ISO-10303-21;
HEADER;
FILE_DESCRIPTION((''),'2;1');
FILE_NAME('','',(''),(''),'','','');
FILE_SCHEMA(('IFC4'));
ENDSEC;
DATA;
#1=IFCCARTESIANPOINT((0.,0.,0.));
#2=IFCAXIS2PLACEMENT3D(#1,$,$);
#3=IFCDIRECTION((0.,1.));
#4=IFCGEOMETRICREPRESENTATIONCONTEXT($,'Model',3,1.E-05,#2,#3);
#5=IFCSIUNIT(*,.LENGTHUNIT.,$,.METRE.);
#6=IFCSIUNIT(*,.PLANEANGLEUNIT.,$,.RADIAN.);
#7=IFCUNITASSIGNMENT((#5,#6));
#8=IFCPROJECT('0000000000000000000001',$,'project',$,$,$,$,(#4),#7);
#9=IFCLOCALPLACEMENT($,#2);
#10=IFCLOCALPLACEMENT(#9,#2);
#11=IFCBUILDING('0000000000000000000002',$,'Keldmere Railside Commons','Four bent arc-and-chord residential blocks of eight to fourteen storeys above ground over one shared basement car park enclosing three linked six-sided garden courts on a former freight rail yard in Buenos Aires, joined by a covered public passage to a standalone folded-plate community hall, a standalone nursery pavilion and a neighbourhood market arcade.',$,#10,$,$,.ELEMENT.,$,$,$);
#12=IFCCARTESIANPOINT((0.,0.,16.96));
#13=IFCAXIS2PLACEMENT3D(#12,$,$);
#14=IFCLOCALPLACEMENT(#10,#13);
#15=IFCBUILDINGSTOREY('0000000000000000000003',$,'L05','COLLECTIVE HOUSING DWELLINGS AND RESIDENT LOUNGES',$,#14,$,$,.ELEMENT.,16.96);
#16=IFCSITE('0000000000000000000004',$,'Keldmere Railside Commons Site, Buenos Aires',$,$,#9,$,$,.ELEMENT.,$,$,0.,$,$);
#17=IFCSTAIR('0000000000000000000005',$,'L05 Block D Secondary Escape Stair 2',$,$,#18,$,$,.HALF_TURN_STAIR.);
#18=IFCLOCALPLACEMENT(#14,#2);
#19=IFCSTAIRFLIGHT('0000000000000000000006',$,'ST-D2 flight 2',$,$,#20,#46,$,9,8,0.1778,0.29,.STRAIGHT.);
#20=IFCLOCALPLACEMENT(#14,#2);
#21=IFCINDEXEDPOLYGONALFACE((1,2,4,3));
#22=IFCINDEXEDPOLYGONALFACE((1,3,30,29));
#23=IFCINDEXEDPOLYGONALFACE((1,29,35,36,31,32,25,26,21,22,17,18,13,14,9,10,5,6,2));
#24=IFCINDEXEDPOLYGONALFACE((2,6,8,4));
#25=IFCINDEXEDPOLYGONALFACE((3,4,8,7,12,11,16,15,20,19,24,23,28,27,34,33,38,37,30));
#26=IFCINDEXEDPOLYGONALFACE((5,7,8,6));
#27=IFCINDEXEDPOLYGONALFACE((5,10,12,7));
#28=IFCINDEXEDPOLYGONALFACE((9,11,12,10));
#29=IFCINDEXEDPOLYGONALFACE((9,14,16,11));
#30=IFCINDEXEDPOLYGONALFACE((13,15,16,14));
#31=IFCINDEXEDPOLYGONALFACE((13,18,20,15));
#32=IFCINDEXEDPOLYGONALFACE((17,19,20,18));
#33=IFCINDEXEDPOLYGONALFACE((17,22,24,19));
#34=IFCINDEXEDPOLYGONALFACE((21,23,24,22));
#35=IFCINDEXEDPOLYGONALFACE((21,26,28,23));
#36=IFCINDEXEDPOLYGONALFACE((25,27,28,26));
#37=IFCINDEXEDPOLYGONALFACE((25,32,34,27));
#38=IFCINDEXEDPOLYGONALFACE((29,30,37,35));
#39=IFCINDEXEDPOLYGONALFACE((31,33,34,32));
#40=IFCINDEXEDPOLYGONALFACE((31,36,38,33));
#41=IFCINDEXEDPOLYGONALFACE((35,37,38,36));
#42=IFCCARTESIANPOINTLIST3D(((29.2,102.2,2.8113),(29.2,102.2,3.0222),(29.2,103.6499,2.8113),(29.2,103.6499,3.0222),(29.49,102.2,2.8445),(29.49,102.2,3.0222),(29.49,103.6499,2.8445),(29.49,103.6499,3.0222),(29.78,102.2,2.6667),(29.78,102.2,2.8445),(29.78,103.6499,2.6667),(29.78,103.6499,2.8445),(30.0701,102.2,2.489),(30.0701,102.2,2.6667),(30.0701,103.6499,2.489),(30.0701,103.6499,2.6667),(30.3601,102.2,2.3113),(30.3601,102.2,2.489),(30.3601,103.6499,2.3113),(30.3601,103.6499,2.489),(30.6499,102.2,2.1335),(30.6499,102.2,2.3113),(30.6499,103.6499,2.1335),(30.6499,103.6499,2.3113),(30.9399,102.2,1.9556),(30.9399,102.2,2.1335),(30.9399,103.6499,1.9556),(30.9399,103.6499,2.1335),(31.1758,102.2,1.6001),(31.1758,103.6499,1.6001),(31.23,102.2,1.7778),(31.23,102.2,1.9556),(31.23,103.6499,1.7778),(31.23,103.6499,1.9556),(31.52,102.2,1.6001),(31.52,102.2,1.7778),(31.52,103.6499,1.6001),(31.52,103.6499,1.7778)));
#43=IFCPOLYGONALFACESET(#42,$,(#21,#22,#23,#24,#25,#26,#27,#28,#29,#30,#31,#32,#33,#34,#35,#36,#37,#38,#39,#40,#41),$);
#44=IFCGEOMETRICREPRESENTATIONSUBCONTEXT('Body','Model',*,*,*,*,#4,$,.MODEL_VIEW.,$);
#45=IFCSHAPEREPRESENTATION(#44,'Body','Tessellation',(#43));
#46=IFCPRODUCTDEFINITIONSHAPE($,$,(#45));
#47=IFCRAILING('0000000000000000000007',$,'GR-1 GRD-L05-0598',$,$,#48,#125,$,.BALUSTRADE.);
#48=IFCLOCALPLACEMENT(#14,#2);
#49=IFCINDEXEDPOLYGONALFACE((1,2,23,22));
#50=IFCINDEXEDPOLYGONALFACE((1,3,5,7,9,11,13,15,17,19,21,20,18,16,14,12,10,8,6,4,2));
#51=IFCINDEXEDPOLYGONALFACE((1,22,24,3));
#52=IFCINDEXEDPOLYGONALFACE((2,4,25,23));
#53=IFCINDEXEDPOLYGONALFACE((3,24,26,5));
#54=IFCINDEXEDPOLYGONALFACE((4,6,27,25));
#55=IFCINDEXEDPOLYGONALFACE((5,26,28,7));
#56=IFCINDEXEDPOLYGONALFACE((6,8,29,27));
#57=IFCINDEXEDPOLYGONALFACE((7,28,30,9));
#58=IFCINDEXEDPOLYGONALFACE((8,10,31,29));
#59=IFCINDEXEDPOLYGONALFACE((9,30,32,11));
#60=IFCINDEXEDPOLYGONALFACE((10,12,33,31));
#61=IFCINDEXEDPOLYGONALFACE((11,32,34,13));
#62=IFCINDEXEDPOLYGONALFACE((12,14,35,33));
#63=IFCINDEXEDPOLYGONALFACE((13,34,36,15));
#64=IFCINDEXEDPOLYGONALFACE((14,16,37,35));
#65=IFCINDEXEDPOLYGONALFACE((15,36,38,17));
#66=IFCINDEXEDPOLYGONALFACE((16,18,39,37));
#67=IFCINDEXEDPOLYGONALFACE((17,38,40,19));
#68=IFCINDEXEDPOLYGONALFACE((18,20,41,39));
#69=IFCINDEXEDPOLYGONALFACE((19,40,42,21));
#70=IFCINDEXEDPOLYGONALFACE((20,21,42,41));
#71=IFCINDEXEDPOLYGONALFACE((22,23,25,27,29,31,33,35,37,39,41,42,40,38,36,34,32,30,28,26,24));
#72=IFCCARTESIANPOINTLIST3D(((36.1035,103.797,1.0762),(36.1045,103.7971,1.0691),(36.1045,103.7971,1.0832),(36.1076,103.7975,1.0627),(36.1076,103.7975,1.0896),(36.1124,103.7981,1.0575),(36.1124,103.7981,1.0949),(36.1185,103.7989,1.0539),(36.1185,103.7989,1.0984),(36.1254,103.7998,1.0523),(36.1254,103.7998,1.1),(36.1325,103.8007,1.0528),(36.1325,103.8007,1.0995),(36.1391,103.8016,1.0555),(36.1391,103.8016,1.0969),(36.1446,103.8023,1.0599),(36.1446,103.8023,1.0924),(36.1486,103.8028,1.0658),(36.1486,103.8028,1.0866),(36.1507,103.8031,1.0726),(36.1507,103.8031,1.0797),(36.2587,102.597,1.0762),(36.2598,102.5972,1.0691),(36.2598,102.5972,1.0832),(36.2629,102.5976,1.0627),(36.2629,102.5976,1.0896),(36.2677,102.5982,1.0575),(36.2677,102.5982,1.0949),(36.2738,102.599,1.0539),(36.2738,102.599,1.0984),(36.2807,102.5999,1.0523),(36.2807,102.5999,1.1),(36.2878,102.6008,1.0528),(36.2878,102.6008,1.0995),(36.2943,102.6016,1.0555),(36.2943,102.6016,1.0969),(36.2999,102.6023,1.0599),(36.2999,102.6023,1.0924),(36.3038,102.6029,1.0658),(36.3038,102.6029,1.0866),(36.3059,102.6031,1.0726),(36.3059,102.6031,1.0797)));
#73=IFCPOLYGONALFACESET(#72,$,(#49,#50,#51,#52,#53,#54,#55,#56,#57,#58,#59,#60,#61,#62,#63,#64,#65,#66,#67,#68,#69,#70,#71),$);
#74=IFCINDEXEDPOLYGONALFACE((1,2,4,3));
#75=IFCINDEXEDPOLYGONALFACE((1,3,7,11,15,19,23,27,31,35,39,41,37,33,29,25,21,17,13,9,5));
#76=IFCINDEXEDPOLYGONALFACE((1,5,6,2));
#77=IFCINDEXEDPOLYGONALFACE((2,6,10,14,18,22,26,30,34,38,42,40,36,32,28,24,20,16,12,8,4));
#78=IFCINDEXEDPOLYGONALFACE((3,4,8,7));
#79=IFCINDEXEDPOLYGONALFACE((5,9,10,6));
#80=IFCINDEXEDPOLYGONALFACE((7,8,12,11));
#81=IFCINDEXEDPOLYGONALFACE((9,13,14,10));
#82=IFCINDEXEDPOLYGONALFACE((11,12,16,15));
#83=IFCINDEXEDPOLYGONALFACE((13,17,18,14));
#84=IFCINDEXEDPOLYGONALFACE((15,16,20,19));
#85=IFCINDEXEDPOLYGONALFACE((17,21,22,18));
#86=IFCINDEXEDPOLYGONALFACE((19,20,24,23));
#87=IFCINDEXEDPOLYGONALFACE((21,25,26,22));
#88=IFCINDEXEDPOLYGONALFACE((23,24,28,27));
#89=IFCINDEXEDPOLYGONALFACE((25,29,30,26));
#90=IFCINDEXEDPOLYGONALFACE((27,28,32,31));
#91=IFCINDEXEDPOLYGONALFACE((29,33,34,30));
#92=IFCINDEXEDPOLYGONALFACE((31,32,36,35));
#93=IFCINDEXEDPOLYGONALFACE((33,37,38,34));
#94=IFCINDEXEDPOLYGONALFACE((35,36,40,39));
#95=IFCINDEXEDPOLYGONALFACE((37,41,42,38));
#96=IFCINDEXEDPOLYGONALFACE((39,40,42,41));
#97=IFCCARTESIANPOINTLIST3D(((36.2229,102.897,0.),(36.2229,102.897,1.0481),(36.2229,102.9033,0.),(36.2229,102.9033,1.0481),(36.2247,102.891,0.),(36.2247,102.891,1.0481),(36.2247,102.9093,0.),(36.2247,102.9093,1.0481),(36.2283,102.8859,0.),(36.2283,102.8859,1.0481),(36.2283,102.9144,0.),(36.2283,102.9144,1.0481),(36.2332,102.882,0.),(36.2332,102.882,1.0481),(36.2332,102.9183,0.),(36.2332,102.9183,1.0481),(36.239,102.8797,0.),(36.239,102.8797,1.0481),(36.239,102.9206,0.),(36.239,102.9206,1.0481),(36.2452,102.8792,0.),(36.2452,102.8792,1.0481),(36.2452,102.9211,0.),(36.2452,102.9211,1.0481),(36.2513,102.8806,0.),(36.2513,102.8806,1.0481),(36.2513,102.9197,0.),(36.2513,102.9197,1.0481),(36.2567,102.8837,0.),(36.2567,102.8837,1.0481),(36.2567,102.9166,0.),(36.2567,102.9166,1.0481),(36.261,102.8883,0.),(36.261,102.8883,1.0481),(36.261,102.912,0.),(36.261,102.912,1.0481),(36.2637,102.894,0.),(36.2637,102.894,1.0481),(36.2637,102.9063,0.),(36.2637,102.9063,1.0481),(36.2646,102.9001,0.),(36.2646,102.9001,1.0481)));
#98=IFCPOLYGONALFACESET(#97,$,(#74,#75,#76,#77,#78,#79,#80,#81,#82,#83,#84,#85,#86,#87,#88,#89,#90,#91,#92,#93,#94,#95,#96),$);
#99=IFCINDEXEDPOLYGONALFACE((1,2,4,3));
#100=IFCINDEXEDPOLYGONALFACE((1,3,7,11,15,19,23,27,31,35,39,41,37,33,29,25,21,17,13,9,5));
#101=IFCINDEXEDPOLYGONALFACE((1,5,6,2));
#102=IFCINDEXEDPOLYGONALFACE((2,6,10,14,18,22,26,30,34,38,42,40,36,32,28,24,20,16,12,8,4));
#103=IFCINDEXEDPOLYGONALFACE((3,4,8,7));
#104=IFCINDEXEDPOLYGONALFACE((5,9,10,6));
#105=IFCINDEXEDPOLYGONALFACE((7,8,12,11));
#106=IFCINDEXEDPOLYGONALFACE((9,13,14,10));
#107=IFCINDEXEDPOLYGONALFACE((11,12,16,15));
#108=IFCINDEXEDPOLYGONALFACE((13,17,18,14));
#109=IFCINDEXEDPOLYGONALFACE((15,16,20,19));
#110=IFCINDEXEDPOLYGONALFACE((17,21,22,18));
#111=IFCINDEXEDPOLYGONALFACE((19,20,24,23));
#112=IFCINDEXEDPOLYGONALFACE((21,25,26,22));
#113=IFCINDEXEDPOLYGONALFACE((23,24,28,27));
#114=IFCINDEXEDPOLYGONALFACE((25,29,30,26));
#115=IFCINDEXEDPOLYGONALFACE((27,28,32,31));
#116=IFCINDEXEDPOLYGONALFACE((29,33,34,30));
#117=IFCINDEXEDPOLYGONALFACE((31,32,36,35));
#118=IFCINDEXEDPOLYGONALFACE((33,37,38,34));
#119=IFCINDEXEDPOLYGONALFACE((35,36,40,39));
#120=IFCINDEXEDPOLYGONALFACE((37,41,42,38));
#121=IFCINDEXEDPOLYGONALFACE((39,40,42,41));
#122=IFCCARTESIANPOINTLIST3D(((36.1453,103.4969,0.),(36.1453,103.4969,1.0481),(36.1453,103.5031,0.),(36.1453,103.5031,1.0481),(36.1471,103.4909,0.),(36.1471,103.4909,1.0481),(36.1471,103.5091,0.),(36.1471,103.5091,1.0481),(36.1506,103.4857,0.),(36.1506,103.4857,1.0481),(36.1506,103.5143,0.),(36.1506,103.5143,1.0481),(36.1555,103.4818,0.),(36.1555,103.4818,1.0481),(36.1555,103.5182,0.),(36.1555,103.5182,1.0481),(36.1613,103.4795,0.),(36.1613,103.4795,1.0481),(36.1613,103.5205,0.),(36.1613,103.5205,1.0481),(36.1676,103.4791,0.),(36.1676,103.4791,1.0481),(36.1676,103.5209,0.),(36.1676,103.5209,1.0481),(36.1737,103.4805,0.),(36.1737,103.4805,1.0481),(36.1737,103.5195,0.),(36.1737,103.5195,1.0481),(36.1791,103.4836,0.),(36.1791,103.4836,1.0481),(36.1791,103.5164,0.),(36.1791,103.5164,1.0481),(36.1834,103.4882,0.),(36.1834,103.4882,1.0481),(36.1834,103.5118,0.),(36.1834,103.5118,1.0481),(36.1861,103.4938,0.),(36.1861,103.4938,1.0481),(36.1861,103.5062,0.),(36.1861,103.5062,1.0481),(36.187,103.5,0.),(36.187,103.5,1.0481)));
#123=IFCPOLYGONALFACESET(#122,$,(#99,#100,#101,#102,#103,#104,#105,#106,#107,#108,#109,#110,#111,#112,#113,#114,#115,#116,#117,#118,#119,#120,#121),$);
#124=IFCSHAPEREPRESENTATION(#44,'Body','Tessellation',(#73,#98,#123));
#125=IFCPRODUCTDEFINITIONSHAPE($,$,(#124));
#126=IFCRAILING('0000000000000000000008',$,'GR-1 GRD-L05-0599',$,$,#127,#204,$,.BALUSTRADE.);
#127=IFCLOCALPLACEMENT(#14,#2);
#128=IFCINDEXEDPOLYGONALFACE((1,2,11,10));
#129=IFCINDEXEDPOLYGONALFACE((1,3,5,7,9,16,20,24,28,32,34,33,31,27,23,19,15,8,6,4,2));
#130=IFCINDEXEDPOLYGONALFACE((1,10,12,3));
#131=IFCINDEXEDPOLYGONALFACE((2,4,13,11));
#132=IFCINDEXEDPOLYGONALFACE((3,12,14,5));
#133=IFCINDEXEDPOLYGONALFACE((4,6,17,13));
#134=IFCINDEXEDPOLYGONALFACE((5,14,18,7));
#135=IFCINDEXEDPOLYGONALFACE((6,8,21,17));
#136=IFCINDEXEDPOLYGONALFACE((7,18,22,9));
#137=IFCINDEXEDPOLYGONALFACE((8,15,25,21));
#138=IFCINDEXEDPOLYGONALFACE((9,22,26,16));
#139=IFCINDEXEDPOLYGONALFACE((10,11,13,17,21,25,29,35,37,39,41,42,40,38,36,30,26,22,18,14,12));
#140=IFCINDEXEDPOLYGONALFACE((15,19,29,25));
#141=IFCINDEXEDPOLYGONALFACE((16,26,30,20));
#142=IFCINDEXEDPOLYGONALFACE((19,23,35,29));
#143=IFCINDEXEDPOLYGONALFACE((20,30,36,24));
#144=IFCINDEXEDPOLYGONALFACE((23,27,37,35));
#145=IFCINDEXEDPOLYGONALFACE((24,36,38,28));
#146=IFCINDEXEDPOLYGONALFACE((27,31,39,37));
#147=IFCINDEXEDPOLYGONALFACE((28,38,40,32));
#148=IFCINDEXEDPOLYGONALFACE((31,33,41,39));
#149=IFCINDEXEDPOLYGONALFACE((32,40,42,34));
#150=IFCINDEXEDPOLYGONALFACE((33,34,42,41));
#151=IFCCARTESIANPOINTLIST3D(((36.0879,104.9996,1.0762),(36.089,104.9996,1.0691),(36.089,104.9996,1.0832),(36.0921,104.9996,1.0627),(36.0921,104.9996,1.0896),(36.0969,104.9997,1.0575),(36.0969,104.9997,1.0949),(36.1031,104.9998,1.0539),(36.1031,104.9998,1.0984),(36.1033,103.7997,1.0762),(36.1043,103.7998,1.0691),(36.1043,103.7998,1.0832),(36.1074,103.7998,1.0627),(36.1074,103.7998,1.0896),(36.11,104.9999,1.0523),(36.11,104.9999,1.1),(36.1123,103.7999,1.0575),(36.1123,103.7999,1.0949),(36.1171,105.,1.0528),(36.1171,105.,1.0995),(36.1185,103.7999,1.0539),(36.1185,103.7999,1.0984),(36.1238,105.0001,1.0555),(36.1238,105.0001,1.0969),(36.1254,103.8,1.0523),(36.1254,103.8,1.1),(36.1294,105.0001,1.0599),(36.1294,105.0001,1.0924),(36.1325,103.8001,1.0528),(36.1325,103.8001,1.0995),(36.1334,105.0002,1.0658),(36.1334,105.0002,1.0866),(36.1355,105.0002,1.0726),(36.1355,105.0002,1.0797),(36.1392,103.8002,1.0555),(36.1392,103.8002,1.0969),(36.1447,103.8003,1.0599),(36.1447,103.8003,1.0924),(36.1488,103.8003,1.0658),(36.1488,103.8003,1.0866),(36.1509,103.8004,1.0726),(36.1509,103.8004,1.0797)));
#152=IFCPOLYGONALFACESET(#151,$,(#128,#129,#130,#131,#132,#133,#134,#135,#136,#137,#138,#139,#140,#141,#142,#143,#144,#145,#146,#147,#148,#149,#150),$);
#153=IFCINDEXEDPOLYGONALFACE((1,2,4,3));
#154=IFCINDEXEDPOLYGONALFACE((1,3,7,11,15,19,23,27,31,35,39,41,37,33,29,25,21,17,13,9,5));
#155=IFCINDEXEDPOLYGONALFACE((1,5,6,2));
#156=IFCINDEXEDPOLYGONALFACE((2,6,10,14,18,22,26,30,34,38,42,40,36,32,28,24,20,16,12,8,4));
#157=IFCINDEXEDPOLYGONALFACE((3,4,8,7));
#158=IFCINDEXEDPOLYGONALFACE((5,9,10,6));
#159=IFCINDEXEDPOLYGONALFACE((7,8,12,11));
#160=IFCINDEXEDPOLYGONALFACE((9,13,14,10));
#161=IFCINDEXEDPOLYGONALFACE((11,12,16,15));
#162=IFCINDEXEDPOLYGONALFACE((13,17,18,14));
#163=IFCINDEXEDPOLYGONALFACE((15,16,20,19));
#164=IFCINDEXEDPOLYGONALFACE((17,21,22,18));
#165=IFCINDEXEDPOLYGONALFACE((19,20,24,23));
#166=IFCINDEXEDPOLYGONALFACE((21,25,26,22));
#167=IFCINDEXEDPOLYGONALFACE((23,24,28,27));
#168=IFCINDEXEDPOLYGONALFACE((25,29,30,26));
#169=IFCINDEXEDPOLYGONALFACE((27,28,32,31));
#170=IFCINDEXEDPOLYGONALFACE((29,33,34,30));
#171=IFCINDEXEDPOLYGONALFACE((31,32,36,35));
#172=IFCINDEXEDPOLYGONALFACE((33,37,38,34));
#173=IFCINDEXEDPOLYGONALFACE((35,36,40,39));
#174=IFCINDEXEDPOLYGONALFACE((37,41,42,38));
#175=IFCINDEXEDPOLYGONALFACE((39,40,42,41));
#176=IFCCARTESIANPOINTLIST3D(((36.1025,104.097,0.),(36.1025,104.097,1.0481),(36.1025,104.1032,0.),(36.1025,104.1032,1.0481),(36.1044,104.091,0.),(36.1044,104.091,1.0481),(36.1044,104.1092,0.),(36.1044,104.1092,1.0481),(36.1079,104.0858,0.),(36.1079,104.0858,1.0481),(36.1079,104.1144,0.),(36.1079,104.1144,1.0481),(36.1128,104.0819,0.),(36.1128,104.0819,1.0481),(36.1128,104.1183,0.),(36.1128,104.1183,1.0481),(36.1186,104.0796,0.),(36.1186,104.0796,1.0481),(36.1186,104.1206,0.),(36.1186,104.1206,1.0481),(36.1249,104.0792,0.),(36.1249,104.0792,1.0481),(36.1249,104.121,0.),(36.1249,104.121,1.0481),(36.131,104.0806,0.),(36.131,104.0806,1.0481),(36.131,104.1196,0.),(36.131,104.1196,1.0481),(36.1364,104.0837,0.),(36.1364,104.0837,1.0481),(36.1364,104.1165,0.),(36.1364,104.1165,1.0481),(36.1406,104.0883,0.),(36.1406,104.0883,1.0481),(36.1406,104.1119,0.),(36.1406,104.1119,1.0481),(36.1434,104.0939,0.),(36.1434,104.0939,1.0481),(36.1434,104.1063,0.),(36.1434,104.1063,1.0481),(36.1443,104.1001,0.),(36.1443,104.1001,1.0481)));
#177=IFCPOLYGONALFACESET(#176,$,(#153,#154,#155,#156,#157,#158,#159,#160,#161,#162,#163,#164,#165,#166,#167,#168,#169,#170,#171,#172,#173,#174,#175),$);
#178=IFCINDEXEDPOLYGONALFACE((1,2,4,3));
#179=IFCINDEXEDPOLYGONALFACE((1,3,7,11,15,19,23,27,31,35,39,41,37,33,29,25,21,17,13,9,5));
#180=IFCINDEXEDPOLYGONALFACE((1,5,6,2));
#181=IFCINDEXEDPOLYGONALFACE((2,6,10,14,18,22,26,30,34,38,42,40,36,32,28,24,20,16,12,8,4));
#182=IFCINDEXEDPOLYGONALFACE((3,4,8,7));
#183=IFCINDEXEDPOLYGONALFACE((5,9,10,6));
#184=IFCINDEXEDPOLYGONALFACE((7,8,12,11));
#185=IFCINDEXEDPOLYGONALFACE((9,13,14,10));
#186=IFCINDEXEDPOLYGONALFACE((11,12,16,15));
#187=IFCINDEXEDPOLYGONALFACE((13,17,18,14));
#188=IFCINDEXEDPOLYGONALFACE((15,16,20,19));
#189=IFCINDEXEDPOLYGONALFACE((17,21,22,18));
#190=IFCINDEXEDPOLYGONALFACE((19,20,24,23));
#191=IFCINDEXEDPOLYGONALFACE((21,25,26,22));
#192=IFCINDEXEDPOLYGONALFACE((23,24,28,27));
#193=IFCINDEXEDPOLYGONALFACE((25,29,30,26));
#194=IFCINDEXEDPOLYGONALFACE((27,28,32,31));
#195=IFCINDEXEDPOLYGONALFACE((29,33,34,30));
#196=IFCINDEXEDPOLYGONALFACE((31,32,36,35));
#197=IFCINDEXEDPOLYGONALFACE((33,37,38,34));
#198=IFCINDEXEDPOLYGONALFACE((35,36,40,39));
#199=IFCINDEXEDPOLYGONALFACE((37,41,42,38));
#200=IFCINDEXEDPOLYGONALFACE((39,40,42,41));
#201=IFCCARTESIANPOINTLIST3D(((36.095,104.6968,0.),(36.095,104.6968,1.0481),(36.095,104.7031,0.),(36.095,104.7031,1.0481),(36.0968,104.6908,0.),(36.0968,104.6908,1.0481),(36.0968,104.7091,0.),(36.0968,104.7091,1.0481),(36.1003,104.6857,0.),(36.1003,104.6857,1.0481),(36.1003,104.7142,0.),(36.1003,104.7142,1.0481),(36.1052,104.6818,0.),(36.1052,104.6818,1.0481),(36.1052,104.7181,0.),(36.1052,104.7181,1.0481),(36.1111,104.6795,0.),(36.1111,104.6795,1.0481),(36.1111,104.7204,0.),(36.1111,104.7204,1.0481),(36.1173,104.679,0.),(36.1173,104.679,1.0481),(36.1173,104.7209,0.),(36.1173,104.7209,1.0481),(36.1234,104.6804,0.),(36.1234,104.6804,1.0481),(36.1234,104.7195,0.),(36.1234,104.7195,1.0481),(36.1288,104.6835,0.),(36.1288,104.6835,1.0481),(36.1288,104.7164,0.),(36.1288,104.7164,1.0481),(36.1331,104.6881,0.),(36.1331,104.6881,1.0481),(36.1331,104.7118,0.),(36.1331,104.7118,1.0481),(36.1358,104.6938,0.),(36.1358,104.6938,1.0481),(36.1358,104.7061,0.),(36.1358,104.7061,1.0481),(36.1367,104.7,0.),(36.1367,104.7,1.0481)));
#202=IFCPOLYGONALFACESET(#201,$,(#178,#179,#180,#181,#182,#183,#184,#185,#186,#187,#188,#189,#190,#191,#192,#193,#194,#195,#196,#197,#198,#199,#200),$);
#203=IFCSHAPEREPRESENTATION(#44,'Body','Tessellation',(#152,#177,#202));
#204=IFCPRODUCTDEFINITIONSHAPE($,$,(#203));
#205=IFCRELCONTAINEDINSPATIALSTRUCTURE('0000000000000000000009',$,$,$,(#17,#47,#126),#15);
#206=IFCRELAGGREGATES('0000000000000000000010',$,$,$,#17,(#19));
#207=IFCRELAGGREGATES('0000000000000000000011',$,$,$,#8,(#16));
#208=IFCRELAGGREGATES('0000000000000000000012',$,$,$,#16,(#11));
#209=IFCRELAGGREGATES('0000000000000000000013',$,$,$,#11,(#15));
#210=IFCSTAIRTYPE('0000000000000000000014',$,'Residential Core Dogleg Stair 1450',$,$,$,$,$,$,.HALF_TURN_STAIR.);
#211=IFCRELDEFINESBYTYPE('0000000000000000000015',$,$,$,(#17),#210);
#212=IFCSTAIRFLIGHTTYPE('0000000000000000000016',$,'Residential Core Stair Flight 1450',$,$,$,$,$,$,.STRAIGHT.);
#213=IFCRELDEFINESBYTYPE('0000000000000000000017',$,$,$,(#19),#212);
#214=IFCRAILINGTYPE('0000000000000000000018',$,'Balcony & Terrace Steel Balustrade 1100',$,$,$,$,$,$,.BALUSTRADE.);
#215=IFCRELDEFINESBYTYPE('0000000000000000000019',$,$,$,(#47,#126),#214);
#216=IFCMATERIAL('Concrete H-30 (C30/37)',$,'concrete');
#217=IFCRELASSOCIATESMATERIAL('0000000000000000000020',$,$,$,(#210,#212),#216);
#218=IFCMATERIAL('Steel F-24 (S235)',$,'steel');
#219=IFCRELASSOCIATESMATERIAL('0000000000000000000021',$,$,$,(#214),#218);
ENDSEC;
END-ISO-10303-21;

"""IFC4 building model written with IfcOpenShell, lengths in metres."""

from ifc_helpers import new_model, si_unit, direction, frame, origin, origin_2d, place, context, subcontext, project, spatial, polyline, circle, outline, extrude, material, type_object, element, aggregate, save


model = new_model("IFC4")

# Units and contexts
model_context = context("Model", 3, precision=1e-05, world=origin(), true_north=direction((0.0, 1.0)))
body_context = subcontext(model_context, "Body", "Model", "MODEL_VIEW")
ifc_project = project(units=[si_unit("LENGTHUNIT", "METRE"), si_unit("PLANEANGLEUNIT", "RADIAN")], contexts=[model_context])

# Site, building, storey
site_placement = place(None, origin())
site = spatial("IfcSite", under=ifc_project, at=site_placement, Name="Keldmere Railside Commons Site, Buenos Aires", CompositionType="ELEMENT", RefElevation=0.0)
building_placement = place(site_placement, origin())
building = spatial("IfcBuilding", under=site, at=building_placement, Name="Keldmere Railside Commons", Description="Four bent arc-and-chord residential blocks of eight to fourteen storeys above ground over one shared basement car park enclosing three linked six-sided garden courts on a former freight rail yard in Buenos Aires, joined by a covered public passage to a standalone folded-plate community hall, a standalone nursery pavilion and a neighbourhood market arcade.", CompositionType="ELEMENT")
storey_placement = place(building_placement, frame((0.0, 0.0, 16.96)))
storey = spatial("IfcBuildingStorey", under=building, at=storey_placement, Name="L05", Description="COLLECTIVE HOUSING DWELLINGS AND RESIDENT LOUNGES", CompositionType="ELEMENT", Elevation=16.96)

# Shared definitions
ifc_material_1 = material(Name="Concrete H-30 (C30/37)", Category="concrete")

# Shared definitions
ifc_material_2 = material(Name="Steel F-24 (S235)", Category="steel")

# Stair, stair flight
stair_type = type_object("IfcStairType", Name="Residential Core Dogleg Stair 1450", PredefinedType="HALF_TURN_STAIR", material=ifc_material_1)
stair_placement = place(storey_placement, origin())
stair = element("IfcStair", 1, at=stair_placement, inside=storey, type_object=stair_type, Name="L05 Block D Secondary Escape Stair 2", PredefinedType="HALF_TURN_STAIR")
stair_flight_type = type_object("IfcStairFlightType", Name="Residential Core Stair Flight 1450", PredefinedType="STRAIGHT", material=ifc_material_1)
stair_flight_placement = place(storey_placement, frame((31.52, 102.925, 1.6001), z_axis=(0.0, 0.0, 1.0), x_axis=(-1.0, 0.0, 0.0)))
stair_flight = element("IfcStairFlight", 2, at=stair_flight_placement, type_object=stair_flight_type, Name="ST-D2 flight 2", NumberOfRisers=9, NumberOfTreads=8, PredefinedType="STRAIGHT", RiserHeight=0.1778, TreadLength=0.29, context=body_context, shape_type="SweptSolid", body=[
    extrude(outline(polyline([(0.0, 0.0), (0.0, 0.1777), (0.29, 0.1777), (0.29, 0.3555), (0.5801, 0.3555), (0.5801, 0.5334), (0.8701, 0.5334), (0.8701, 0.7112), (1.1599, 0.7112), (1.1599, 0.8889), (1.45, 0.8889), (1.45, 1.0667), (1.74, 1.0667), (1.74, 1.2444), (2.03, 1.2444), (2.03, 1.4221), (2.3201, 1.4221), (2.3201, 1.6001), (2.3201, 1.2112), (0.3442, 0.0), (0.0, 0.0)])), frame((0.0, 0.7251, 0.0), z_axis=(0.0, -1.0, 0.0), x_axis=(1.0, 0.0, 0.0)), (0.0, 0.0, 1.0), 1.45),
])
aggregate(stair, [stair_flight])

# Railings
railing_type_1 = type_object("IfcRailingType", Name="Balcony & Terrace Steel Balustrade 1100", PredefinedType="BALUSTRADE", material=ifc_material_2)
railing_1_placement = place(storey_placement, frame((36.2825, 102.6001, 0.0)))
element("IfcRailing", 3, at=railing_1_placement, inside=storey, type_object=railing_type_1, Name="GR-1 GRD-L05-0598", PredefinedType="BALUSTRADE", context=body_context, shape_type="SweptSolid", body=[
    extrude(circle(Radius=0.0239, at=origin_2d()), frame((0.0, 0.0, 1.0762), z_axis=(-0.12833, 0.991732, 0.0), x_axis=(-0.991732, -0.12833, 0.0)), (0.0, 0.0, 1.0), 1.21),
    extrude(circle(Radius=0.021, at=origin_2d()), frame((-0.0388, 0.3, 0.0)), (0.0, 0.0, 1.0), 1.0481),
    extrude(circle(Radius=0.021, at=origin_2d()), frame((-0.1165, 0.8999, 0.0)), (0.0, 0.0, 1.0), 1.0481),
])
railing_2_placement = place(storey_placement, frame((36.1272, 103.8, 0.0)))
element("IfcRailing", 4, at=railing_2_placement, inside=storey, type_object=railing_type_1, Name="GR-1 GRD-L05-0599", PredefinedType="BALUSTRADE", context=body_context, shape_type="SweptSolid", body=[
    extrude(circle(Radius=0.0239, at=origin_2d()), frame((0.0, 0.0, 1.0762), z_axis=(-0.012817, 0.999918, 0.0), x_axis=(-0.999918, -0.012817, 0.0)), (0.0, 0.0, 1.0), 1.2),
    extrude(circle(Radius=0.021, at=origin_2d()), frame((-0.0039, 0.3, 0.0)), (0.0, 0.0, 1.0), 1.0481),
    extrude(circle(Radius=0.021, at=origin_2d()), frame((-0.0115, 0.8999, 0.0)), (0.0, 0.0, 1.0), 1.0481),
])

save(model, "model.ifc")
